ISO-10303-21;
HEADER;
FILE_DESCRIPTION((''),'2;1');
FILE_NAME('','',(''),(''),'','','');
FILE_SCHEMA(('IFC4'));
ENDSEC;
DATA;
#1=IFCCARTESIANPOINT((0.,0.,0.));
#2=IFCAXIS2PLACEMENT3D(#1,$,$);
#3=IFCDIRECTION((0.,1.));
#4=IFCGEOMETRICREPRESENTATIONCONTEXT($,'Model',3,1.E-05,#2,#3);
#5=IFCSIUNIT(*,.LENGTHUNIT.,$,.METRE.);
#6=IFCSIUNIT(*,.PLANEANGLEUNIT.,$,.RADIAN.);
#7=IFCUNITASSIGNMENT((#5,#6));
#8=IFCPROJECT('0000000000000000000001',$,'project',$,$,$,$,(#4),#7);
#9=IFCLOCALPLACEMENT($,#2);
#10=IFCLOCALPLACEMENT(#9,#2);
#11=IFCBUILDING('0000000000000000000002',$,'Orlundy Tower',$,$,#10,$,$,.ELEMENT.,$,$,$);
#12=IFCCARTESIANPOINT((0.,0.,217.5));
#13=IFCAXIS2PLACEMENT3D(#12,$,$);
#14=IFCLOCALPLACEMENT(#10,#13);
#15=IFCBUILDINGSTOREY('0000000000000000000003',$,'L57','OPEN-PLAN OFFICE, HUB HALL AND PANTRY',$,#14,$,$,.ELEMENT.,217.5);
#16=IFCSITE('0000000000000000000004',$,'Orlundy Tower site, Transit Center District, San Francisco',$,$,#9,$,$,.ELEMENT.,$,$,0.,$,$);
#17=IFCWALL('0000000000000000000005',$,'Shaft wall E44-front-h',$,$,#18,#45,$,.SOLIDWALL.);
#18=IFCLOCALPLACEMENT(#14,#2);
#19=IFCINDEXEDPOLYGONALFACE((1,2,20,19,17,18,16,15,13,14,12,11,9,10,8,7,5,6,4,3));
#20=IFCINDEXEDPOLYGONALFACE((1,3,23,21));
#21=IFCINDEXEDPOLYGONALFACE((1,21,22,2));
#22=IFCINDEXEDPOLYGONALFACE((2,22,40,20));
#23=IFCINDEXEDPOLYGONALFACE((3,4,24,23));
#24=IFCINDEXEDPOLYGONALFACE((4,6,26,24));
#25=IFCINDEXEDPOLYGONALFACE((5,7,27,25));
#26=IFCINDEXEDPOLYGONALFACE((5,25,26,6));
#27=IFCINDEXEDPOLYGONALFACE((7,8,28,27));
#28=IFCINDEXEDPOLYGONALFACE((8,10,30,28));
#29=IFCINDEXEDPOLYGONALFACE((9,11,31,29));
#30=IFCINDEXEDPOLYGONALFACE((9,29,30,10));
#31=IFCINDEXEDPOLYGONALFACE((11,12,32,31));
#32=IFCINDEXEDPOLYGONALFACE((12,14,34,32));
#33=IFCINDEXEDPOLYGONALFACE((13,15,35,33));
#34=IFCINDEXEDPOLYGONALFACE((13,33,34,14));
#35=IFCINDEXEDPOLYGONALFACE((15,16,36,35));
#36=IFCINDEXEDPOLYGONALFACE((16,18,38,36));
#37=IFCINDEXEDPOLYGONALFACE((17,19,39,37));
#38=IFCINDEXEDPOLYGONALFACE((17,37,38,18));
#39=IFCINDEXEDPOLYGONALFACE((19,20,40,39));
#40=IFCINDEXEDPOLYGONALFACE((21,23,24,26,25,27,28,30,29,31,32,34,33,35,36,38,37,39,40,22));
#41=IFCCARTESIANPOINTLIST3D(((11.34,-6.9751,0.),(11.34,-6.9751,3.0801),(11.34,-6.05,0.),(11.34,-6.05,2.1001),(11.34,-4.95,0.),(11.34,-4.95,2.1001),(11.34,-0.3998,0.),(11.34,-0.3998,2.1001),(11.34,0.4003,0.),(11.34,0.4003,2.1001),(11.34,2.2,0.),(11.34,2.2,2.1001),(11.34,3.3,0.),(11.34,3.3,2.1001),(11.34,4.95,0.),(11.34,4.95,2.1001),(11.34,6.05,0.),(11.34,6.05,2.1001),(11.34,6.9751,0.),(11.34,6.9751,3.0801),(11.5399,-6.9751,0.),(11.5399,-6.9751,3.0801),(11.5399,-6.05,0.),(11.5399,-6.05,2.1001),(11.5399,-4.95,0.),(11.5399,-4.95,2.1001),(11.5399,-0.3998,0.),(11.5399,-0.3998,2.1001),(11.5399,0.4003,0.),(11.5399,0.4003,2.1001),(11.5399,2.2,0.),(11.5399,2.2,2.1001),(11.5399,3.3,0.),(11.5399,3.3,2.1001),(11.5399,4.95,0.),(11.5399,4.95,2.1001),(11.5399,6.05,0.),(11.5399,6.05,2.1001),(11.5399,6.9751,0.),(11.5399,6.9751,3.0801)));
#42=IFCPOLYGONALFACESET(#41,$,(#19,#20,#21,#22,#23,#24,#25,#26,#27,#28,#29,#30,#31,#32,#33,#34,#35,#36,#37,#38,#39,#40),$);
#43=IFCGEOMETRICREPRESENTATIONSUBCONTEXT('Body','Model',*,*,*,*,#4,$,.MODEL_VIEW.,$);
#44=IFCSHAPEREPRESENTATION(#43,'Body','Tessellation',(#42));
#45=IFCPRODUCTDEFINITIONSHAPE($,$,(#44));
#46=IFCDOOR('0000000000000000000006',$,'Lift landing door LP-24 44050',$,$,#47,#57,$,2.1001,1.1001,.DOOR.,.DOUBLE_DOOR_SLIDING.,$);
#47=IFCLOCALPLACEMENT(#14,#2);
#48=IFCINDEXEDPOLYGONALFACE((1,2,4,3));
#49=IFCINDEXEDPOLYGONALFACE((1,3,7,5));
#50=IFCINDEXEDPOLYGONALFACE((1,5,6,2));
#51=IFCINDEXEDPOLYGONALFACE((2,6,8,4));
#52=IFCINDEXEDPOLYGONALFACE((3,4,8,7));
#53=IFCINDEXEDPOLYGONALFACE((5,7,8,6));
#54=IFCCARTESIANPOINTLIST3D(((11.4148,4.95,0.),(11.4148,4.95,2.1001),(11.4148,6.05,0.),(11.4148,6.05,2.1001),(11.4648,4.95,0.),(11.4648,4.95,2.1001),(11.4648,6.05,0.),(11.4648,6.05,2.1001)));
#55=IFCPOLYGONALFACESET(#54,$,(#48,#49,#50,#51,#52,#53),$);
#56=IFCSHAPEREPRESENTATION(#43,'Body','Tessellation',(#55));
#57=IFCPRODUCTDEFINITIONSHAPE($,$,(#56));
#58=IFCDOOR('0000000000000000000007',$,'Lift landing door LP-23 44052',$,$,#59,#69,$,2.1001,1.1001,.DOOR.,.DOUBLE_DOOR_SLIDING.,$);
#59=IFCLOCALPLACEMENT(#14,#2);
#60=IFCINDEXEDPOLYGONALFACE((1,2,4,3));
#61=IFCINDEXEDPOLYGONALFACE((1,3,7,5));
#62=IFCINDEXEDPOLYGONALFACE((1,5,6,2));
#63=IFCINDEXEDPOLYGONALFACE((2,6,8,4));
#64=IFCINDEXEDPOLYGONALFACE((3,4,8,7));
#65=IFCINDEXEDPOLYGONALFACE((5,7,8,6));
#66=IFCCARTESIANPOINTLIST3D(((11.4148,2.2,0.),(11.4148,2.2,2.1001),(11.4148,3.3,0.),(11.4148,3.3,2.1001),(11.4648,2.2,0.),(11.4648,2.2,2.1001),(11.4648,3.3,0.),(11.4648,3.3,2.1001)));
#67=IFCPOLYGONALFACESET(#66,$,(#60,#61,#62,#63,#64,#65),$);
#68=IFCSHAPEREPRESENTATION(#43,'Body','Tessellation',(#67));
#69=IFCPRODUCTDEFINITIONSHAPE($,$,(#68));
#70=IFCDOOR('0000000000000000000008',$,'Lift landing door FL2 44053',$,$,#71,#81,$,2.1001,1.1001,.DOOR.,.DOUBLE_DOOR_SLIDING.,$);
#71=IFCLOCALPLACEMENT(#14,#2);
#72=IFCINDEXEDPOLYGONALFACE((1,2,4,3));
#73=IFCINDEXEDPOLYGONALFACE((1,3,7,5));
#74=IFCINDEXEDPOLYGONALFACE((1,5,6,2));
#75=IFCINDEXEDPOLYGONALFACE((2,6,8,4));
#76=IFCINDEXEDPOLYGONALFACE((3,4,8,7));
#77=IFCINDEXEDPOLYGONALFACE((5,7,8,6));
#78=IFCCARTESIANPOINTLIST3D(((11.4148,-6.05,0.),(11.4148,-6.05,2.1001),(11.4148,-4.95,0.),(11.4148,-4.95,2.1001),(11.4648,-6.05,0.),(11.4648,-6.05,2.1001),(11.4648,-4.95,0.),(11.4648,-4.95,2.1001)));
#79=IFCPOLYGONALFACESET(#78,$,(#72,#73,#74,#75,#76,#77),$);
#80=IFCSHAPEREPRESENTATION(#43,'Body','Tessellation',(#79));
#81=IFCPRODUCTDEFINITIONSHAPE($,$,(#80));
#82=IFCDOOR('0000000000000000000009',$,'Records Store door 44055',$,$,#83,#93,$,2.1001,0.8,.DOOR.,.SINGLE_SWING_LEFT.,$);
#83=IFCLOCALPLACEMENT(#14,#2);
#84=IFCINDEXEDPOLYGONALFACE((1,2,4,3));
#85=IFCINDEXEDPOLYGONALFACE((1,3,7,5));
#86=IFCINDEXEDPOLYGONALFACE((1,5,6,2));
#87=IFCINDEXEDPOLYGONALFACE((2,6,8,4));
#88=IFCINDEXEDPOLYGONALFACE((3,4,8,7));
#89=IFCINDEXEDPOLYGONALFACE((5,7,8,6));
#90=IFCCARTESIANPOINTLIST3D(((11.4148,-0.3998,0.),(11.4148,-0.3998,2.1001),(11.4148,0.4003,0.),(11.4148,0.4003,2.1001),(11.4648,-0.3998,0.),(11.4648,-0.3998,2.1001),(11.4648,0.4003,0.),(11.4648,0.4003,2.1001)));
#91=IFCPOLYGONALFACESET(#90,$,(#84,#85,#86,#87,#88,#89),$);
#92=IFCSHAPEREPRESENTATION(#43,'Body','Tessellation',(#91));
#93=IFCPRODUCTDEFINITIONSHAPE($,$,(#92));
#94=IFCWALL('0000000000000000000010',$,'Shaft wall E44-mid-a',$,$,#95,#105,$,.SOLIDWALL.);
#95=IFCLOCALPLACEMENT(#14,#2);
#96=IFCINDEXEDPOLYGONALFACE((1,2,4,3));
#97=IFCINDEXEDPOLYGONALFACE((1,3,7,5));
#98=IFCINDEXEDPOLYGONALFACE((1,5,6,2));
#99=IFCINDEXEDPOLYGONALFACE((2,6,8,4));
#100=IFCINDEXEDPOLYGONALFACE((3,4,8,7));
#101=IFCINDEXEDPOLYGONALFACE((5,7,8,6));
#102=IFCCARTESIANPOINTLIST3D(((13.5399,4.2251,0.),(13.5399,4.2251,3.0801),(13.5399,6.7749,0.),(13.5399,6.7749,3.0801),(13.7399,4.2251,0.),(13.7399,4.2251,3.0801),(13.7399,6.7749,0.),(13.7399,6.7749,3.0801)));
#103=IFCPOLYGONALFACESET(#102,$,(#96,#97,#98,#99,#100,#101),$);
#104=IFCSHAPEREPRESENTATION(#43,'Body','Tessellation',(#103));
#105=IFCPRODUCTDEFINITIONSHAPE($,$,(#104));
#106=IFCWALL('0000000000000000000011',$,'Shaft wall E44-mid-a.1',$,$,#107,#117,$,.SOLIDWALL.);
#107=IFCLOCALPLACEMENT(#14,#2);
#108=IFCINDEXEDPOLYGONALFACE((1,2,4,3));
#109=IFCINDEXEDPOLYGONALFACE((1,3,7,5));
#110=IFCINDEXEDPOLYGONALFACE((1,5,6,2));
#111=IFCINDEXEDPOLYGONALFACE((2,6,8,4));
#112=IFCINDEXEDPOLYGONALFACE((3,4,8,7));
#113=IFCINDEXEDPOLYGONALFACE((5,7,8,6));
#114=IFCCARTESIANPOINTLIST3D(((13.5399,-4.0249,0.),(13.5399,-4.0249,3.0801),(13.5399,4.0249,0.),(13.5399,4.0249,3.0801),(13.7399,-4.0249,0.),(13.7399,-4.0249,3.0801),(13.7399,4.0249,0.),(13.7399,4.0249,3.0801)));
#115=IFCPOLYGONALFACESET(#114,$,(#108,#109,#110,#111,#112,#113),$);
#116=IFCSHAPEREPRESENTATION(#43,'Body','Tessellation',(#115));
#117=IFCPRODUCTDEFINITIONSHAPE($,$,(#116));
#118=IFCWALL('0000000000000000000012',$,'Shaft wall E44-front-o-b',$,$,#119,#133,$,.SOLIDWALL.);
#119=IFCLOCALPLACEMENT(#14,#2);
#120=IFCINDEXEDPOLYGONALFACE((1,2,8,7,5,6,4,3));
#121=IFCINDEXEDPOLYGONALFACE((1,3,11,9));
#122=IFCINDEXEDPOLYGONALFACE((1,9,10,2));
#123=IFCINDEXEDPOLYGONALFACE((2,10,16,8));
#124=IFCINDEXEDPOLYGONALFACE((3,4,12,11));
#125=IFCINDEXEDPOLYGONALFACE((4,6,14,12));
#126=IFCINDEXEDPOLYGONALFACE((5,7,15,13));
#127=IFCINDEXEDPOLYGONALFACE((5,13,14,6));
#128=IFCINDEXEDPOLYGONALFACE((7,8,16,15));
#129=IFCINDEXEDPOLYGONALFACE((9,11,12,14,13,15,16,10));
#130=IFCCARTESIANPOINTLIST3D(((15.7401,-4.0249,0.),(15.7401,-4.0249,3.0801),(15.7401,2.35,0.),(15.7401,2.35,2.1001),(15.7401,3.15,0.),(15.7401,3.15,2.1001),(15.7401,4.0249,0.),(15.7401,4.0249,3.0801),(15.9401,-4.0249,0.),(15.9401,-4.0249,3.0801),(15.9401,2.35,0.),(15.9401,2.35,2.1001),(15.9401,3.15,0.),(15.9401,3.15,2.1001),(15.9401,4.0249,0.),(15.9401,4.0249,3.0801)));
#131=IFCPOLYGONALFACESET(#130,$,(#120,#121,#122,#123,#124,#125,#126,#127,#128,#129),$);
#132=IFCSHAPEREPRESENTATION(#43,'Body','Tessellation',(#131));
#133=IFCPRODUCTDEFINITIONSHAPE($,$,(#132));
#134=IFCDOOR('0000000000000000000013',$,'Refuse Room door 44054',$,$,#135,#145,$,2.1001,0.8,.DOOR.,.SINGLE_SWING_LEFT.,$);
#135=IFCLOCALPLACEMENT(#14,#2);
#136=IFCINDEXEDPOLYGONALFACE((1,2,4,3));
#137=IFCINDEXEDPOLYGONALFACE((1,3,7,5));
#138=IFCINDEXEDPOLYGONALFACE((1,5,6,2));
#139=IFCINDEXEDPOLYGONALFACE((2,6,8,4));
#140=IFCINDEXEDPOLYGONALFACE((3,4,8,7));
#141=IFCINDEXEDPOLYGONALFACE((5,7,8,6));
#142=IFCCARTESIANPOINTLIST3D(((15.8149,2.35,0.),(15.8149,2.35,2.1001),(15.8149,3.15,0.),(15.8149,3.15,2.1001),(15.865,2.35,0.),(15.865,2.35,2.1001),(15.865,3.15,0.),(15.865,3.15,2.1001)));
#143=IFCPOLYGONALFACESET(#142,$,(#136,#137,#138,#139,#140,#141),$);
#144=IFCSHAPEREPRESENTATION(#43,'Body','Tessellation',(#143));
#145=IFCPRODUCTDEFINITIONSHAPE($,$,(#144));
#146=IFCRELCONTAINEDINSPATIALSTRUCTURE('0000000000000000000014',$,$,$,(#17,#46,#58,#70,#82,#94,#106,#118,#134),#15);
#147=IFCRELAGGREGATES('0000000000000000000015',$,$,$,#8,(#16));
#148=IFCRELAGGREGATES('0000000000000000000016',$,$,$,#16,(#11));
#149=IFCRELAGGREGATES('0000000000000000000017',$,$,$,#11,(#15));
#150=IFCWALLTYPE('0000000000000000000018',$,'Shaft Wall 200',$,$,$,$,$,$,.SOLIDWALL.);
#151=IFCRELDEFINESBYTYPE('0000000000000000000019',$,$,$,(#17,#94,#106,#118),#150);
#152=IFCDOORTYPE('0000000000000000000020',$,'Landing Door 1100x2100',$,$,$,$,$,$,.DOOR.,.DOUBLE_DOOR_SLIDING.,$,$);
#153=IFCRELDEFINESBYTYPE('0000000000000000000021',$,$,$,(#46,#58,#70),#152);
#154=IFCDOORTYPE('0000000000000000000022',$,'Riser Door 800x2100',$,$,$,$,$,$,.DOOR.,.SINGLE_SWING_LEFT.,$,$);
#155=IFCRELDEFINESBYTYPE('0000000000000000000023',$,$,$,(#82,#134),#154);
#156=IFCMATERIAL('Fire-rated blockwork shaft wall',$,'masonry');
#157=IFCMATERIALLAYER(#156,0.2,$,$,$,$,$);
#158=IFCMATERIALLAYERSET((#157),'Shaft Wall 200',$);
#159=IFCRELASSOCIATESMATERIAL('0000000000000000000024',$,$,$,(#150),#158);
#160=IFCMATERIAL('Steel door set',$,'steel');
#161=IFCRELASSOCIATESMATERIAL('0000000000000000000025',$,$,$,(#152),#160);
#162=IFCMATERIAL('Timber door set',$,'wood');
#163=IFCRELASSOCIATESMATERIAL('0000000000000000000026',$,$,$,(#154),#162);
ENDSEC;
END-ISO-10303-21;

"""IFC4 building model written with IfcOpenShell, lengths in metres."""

from ifc_helpers import new_model, si_unit, direction, frame, frame_2d, origin, place, context, subcontext, project, spatial, rectangle, extrude, material, layer, layer_set, type_object, element, fill, save


model = new_model("IFC4")

# Units and contexts
model_context = context("Model", 3, precision=1e-05, world=origin(), true_north=direction((0.0, 1.0)))
body_context = subcontext(model_context, "Body", "Model", "MODEL_VIEW")
ifc_project = project(units=[si_unit("LENGTHUNIT", "METRE"), si_unit("PLANEANGLEUNIT", "RADIAN")], contexts=[model_context])

# Site, building, storey
site_placement = place(None, origin())
site = spatial("IfcSite", under=ifc_project, at=site_placement, Name="Orlundy Tower site, Transit Center District, San Francisco", CompositionType="ELEMENT", RefElevation=0.0)
building_placement = place(site_placement, origin())
building = spatial("IfcBuilding", under=site, at=building_placement, Name="Orlundy Tower", CompositionType="ELEMENT")
storey_placement = place(building_placement, frame((0.0, 0.0, 217.5)))
storey = spatial("IfcBuildingStorey", under=building, at=storey_placement, Name="L57", Description="OPEN-PLAN OFFICE, HUB HALL AND PANTRY", CompositionType="ELEMENT", Elevation=217.5)

# Shared definitions
ifc_material_1 = material(Name="Fire-rated blockwork shaft wall", Category="masonry")
ifc_layer_1 = layer(ifc_material_1, 0.2)
ifc_layer_set_1 = layer_set([ifc_layer_1], Name="Shaft Wall 200")
wall_type_1 = type_object("IfcWallType", Name="Shaft Wall 200", PredefinedType="SOLIDWALL", material=ifc_layer_set_1)

# Wall, openings, doors
wall_1_placement = place(storey_placement, frame((11.4399, 6.9751, 0.0), z_axis=(0.0, 0.0, 1.0), x_axis=(0.0, -1.0, 0.0)))
wall_1 = element("IfcWall", 1, at=wall_1_placement, inside=storey, type_object=wall_type_1, Name="Shaft wall E44-front-h", PredefinedType="SOLIDWALL", context=body_context, shape_type="SweptSolid", body=[
    extrude(rectangle(XDim=13.9502, YDim=0.2, at=frame_2d((6.9751, 0.0))), origin(), (0.0, 0.0, 1.0), 3.0801),
])
opening_1_placement = place(wall_1_placement, frame((0.925, 0.0, 0.0)))
opening_1 = element("IfcOpeningElement", 2, at=opening_1_placement, cuts=wall_1, PredefinedType="OPENING", context=body_context, shape_type="SweptSolid", body=[
    extrude(rectangle(XDim=1.1001, YDim=2.1001, at=frame_2d((0.55, 1.05))), frame((0.0, 0.1101, 0.0), z_axis=(0.0, -1.0, 0.0), x_axis=(1.0, 0.0, 0.0)), (0.0, 0.0, 1.0), 0.2202),
])
opening_2_placement = place(wall_1_placement, frame((3.675, 0.0, 0.0)))
opening_2 = element("IfcOpeningElement", 3, at=opening_2_placement, cuts=wall_1, PredefinedType="OPENING", context=body_context, shape_type="SweptSolid", body=[
    extrude(rectangle(XDim=1.1001, YDim=2.1001, at=frame_2d((0.55, 1.05))), frame((0.0, 0.1101, 0.0), z_axis=(0.0, -1.0, 0.0), x_axis=(1.0, 0.0, 0.0)), (0.0, 0.0, 1.0), 0.2202),
])
opening_3_placement = place(wall_1_placement, frame((11.925, 0.0, 0.0)))
opening_3 = element("IfcOpeningElement", 4, at=opening_3_placement, cuts=wall_1, PredefinedType="OPENING", context=body_context, shape_type="SweptSolid", body=[
    extrude(rectangle(XDim=1.1001, YDim=2.1001, at=frame_2d((0.55, 1.05))), frame((0.0, 0.1101, 0.0), z_axis=(0.0, -1.0, 0.0), x_axis=(1.0, 0.0, 0.0)), (0.0, 0.0, 1.0), 0.2202),
])
opening_4_placement = place(wall_1_placement, frame((6.575, 0.0, 0.0)))
opening_4 = element("IfcOpeningElement", 5, at=opening_4_placement, cuts=wall_1, PredefinedType="OPENING", context=body_context, shape_type="SweptSolid", body=[
    extrude(rectangle(XDim=0.8, YDim=2.1001, at=frame_2d((0.3999, 1.05))), frame((0.0, 0.1101, 0.0), z_axis=(0.0, -1.0, 0.0), x_axis=(1.0, 0.0, 0.0)), (0.0, 0.0, 1.0), 0.2202),
])
ifc_material_2 = material(Name="Steel door set", Category="steel")
door_type_1 = type_object("IfcDoorType", Name="Landing Door 1100x2100", OperationType="DOUBLE_DOOR_SLIDING", PredefinedType="DOOR", material=ifc_material_2)
door_1_placement = place(opening_1_placement, origin())
door_1 = element("IfcDoor", 6, at=door_1_placement, inside=storey, type_object=door_type_1, Name="Lift landing door LP-24 44050", OperationType="DOUBLE_DOOR_SLIDING", OverallHeight=2.1001, OverallWidth=1.1001, PredefinedType="DOOR", context=body_context, shape_type="SweptSolid", body=[
    extrude(rectangle(XDim=1.1001, YDim=2.1001, at=frame_2d((0.55, 1.05))), frame((0.0, 0.0249, 0.0), z_axis=(0.0, -1.0, 0.0), x_axis=(1.0, 0.0, 0.0)), (0.0, 0.0, 1.0), 0.05),
])
fill(opening_1, door_1)
door_2_placement = place(opening_2_placement, origin())
door_2 = element("IfcDoor", 7, at=door_2_placement, inside=storey, type_object=door_type_1, Name="Lift landing door LP-23 44052", OperationType="DOUBLE_DOOR_SLIDING", OverallHeight=2.1001, OverallWidth=1.1001, PredefinedType="DOOR", context=body_context, shape_type="SweptSolid", body=[
    extrude(rectangle(XDim=1.1001, YDim=2.1001, at=frame_2d((0.55, 1.05))), frame((0.0, 0.0249, 0.0), z_axis=(0.0, -1.0, 0.0), x_axis=(1.0, 0.0, 0.0)), (0.0, 0.0, 1.0), 0.05),
])
fill(opening_2, door_2)
door_3_placement = place(opening_3_placement, origin())
door_3 = element("IfcDoor", 8, at=door_3_placement, inside=storey, type_object=door_type_1, Name="Lift landing door FL2 44053", OperationType="DOUBLE_DOOR_SLIDING", OverallHeight=2.1001, OverallWidth=1.1001, PredefinedType="DOOR", context=body_context, shape_type="SweptSolid", body=[
    extrude(rectangle(XDim=1.1001, YDim=2.1001, at=frame_2d((0.55, 1.05))), frame((0.0, 0.0249, 0.0), z_axis=(0.0, -1.0, 0.0), x_axis=(1.0, 0.0, 0.0)), (0.0, 0.0, 1.0), 0.05),
])
fill(opening_3, door_3)
ifc_material_3 = material(Name="Timber door set", Category="wood")
door_type_2 = type_object("IfcDoorType", Name="Riser Door 800x2100", OperationType="SINGLE_SWING_LEFT", PredefinedType="DOOR", material=ifc_material_3)
door_4_placement = place(opening_4_placement, origin())
door_4 = element("IfcDoor", 9, at=door_4_placement, inside=storey, type_object=door_type_2, Name="Records Store door 44055", OperationType="SINGLE_SWING_LEFT", OverallHeight=2.1001, OverallWidth=0.8, PredefinedType="DOOR", context=body_context, shape_type="SweptSolid", body=[
    extrude(rectangle(XDim=0.8, YDim=2.1001, at=frame_2d((0.3999, 1.05))), frame((0.0, 0.0249, 0.0), z_axis=(0.0, -1.0, 0.0), x_axis=(1.0, 0.0, 0.0)), (0.0, 0.0, 1.0), 0.05),
])
fill(opening_4, door_4)

# Walls
wall_2_placement = place(storey_placement, frame((13.6399, 6.7749, 0.0), z_axis=(0.0, 0.0, 1.0), x_axis=(0.0, -1.0, 0.0)))
element("IfcWall", 10, at=wall_2_placement, inside=storey, type_object=wall_type_1, Name="Shaft wall E44-mid-a", PredefinedType="SOLIDWALL", context=body_context, shape_type="SweptSolid", body=[
    extrude(rectangle(XDim=2.5498, YDim=0.2, at=frame_2d((1.2749, 0.0))), origin(), (0.0, 0.0, 1.0), 3.0801),
])
wall_3_placement = place(storey_placement, frame((13.6399, 4.0249, 0.0), z_axis=(0.0, 0.0, 1.0), x_axis=(0.0, -1.0, 0.0)))
element("IfcWall", 11, at=wall_3_placement, inside=storey, type_object=wall_type_1, Name="Shaft wall E44-mid-a.1", PredefinedType="SOLIDWALL", context=body_context, shape_type="SweptSolid", body=[
    extrude(rectangle(XDim=8.0498, YDim=0.2, at=frame_2d((4.0249, 0.0))), origin(), (0.0, 0.0, 1.0), 3.0801),
])

# Wall, opening, door
wall_4_placement = place(storey_placement, frame((15.8401, 4.0249, 0.0), z_axis=(0.0, 0.0, 1.0), x_axis=(0.0, -1.0, 0.0)))
wall_4 = element("IfcWall", 12, at=wall_4_placement, inside=storey, type_object=wall_type_1, Name="Shaft wall E44-front-o-b", PredefinedType="SOLIDWALL", context=body_context, shape_type="SweptSolid", body=[
    extrude(rectangle(XDim=8.0498, YDim=0.2, at=frame_2d((4.0249, 0.0))), origin(), (0.0, 0.0, 1.0), 3.0801),
])
opening_5_placement = place(wall_4_placement, frame((0.875, 0.0, 0.0)))
opening_5 = element("IfcOpeningElement", 13, at=opening_5_placement, cuts=wall_4, PredefinedType="OPENING", context=body_context, shape_type="SweptSolid", body=[
    extrude(rectangle(XDim=0.8, YDim=2.1001, at=frame_2d((0.3999, 1.05))), frame((0.0, 0.1101, 0.0), z_axis=(0.0, -1.0, 0.0), x_axis=(1.0, 0.0, 0.0)), (0.0, 0.0, 1.0), 0.2202),
])
door_5_placement = place(opening_5_placement, origin())
door_5 = element("IfcDoor", 14, at=door_5_placement, inside=storey, type_object=door_type_2, Name="Refuse Room door 44054", OperationType="SINGLE_SWING_LEFT", OverallHeight=2.1001, OverallWidth=0.8, PredefinedType="DOOR", context=body_context, shape_type="SweptSolid", body=[
    extrude(rectangle(XDim=0.8, YDim=2.1001, at=frame_2d((0.3999, 1.05))), frame((0.0, 0.0249, 0.0), z_axis=(0.0, -1.0, 0.0), x_axis=(1.0, 0.0, 0.0)), (0.0, 0.0, 1.0), 0.05),
])
fill(opening_5, door_5)

save(model, "model.ifc")
